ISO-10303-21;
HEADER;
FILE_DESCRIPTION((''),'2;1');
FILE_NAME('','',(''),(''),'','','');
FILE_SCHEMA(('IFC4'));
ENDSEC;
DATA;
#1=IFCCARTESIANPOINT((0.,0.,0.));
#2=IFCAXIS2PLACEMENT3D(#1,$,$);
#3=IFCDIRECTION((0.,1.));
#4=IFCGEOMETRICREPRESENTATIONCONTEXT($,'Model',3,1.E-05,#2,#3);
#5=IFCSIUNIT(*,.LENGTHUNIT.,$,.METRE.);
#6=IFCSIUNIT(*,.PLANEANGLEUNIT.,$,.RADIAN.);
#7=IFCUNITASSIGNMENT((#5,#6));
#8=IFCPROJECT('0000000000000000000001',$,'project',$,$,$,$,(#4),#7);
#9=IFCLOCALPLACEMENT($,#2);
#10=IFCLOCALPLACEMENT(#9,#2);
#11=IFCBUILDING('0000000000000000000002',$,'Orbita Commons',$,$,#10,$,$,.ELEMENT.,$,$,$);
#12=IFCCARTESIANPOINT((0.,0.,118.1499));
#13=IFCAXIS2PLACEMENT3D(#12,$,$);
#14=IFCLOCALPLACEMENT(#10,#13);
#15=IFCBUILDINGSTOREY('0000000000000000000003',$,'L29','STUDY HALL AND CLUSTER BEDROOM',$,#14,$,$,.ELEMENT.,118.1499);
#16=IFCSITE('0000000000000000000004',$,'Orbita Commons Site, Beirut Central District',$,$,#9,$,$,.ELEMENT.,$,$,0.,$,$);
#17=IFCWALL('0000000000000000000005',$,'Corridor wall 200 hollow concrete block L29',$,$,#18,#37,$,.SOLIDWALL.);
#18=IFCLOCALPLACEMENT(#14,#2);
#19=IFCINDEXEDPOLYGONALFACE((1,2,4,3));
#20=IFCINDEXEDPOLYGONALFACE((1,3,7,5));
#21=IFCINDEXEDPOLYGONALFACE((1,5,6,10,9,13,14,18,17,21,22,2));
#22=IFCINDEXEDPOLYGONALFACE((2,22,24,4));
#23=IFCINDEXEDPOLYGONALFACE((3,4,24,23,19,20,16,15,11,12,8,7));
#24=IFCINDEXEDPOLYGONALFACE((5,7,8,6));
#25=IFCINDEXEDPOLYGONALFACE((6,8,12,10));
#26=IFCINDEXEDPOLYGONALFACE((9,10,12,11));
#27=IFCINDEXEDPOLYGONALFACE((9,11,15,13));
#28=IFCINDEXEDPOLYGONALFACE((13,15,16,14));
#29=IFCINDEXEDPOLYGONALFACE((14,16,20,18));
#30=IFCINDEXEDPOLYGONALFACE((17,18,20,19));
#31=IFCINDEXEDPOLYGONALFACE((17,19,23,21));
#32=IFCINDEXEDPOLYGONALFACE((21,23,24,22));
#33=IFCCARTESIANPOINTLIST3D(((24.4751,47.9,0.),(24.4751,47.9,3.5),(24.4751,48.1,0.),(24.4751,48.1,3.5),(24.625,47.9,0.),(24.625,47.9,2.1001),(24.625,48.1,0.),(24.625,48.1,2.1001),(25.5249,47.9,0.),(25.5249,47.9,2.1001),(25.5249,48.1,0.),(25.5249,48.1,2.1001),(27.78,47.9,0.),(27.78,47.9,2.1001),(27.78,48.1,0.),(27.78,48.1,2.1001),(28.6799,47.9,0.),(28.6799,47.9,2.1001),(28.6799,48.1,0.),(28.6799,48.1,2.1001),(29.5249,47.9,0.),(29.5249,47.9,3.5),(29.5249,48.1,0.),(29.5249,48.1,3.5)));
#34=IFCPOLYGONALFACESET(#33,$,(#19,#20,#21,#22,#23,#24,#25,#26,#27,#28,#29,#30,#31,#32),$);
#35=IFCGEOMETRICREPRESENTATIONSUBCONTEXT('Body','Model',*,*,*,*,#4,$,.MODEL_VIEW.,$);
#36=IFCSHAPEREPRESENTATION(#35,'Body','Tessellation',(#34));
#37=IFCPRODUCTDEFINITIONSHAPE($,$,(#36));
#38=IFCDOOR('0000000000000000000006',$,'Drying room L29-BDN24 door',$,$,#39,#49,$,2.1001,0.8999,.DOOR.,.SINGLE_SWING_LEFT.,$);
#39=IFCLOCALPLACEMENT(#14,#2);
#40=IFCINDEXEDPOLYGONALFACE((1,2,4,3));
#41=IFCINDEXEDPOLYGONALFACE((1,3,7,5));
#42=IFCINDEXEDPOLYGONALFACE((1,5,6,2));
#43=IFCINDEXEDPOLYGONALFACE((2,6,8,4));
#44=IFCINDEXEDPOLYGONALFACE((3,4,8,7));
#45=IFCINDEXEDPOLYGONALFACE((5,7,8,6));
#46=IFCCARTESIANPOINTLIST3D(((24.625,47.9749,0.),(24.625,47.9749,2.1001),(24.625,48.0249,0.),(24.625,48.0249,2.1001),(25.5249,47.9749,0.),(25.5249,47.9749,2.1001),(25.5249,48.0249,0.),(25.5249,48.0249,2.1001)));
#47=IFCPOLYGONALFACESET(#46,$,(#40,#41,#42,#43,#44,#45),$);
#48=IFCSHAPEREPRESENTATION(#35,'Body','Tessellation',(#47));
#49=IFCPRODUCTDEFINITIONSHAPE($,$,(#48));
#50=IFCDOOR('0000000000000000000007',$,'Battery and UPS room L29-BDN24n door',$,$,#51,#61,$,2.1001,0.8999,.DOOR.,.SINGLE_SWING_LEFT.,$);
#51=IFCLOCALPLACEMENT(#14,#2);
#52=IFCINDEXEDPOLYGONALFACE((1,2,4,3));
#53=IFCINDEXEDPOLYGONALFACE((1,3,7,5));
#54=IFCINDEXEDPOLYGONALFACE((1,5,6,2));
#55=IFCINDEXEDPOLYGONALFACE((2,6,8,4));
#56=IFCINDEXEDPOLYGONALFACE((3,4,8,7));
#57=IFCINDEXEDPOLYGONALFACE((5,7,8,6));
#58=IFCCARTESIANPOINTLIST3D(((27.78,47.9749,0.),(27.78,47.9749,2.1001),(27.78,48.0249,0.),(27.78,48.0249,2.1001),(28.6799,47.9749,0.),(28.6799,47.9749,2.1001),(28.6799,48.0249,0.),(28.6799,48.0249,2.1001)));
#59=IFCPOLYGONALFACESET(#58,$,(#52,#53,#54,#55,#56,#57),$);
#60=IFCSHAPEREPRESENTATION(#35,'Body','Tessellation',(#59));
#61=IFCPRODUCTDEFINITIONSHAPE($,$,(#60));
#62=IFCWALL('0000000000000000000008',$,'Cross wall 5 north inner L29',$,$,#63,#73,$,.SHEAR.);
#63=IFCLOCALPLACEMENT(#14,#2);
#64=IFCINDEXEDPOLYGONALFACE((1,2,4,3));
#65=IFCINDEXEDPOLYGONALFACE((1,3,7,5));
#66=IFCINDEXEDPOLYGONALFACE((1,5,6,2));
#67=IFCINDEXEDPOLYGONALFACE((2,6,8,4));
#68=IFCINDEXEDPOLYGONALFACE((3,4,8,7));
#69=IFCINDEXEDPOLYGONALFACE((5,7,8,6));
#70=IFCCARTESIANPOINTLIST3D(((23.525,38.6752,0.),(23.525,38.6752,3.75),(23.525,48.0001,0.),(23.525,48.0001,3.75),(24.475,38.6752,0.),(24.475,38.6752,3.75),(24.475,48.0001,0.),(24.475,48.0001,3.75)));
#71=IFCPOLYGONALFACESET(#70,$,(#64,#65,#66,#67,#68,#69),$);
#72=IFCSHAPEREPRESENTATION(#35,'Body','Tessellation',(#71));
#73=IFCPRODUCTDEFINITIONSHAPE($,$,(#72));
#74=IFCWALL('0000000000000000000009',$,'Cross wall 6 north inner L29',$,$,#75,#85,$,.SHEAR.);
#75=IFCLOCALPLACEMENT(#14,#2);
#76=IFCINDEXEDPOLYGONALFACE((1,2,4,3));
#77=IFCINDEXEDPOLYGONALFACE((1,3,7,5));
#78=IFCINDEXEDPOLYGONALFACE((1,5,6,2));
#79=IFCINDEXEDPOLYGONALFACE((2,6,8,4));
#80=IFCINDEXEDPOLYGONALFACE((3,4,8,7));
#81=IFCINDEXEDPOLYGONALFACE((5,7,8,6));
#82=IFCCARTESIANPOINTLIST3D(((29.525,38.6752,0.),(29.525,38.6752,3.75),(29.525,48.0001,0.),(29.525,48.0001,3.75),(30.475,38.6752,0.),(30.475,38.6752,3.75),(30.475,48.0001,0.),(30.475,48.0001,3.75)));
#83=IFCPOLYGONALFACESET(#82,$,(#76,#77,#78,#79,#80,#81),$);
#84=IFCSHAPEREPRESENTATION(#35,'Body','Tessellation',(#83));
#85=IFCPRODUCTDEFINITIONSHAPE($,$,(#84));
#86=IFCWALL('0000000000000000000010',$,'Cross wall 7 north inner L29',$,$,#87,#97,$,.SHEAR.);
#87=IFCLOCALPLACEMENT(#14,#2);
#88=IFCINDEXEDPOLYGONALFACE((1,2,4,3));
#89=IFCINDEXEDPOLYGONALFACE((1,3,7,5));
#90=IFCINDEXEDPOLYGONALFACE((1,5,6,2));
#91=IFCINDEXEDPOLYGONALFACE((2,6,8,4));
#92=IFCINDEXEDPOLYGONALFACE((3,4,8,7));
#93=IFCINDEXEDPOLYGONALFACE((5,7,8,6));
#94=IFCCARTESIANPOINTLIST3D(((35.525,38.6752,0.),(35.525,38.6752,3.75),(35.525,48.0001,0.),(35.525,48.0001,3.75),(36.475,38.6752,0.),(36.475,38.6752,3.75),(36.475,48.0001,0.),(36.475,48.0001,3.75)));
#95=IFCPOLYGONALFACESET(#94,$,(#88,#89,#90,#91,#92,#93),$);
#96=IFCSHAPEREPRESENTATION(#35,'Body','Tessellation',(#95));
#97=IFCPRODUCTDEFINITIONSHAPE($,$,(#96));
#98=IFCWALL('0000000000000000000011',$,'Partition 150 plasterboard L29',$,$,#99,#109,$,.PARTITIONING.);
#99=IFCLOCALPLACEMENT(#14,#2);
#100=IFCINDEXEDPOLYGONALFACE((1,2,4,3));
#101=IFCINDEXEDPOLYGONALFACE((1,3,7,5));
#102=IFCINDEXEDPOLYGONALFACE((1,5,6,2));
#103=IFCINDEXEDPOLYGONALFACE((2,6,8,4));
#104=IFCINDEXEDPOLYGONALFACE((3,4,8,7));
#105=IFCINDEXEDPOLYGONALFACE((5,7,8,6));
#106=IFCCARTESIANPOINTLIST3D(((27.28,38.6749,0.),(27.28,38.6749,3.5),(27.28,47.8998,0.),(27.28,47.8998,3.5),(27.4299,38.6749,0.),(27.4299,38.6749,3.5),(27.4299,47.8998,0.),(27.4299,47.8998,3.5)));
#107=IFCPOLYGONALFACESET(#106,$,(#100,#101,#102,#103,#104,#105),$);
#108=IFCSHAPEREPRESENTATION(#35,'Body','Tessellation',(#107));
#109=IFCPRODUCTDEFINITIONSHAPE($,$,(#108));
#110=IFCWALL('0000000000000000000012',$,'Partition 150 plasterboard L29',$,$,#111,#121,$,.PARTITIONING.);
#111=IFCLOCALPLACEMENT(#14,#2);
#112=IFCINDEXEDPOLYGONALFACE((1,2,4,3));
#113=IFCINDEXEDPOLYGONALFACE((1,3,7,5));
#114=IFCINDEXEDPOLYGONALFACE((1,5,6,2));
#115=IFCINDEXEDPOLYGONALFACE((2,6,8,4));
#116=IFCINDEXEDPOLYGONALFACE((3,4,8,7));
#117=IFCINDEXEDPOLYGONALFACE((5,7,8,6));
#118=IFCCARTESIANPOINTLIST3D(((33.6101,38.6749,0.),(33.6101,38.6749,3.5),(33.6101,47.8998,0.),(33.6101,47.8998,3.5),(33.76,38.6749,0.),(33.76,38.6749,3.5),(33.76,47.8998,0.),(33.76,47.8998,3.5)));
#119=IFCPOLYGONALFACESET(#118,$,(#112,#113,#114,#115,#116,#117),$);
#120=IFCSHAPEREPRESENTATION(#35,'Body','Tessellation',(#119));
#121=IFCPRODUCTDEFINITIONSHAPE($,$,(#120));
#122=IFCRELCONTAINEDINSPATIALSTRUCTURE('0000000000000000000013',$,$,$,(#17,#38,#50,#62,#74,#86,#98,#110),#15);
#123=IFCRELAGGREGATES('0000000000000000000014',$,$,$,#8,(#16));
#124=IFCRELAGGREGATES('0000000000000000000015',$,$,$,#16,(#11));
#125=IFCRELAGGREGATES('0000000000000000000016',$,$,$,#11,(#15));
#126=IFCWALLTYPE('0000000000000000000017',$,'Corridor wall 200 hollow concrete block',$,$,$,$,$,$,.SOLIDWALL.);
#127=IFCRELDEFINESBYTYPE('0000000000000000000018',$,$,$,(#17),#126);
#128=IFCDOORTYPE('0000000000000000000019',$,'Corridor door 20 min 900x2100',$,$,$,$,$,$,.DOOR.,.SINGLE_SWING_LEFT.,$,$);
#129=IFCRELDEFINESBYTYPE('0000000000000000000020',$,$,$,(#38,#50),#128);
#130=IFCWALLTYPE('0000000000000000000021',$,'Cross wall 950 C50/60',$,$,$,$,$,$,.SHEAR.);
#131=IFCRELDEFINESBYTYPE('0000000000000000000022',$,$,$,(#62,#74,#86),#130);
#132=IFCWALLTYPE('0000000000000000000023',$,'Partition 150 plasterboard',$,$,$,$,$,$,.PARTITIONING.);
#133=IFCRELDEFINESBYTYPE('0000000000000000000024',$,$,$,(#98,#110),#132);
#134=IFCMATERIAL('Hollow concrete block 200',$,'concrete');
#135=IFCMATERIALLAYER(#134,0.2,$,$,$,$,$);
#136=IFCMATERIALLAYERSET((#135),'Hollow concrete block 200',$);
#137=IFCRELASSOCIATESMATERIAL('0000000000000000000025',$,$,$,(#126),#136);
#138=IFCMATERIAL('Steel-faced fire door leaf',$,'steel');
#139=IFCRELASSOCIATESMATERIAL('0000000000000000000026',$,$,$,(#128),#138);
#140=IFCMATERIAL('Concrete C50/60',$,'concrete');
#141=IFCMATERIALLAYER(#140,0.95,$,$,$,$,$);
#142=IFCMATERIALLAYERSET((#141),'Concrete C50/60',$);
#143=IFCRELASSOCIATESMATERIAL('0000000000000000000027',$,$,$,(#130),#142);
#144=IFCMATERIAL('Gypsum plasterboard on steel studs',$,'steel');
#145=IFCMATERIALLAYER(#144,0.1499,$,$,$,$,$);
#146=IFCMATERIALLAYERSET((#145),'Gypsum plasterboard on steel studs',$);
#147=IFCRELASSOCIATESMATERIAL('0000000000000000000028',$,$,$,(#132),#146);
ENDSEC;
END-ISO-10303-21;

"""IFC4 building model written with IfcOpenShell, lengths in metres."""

from ifc_helpers import new_model, si_unit, direction, frame, frame_2d, origin, place, context, subcontext, project, spatial, rectangle, extrude, material, layer, layer_set, type_object, element, fill, save


model = new_model("IFC4")

# Units and contexts
model_context = context("Model", 3, precision=1e-05, world=origin(), true_north=direction((0.0, 1.0)))
body_context = subcontext(model_context, "Body", "Model", "MODEL_VIEW")
ifc_project = project(units=[si_unit("LENGTHUNIT", "METRE"), si_unit("PLANEANGLEUNIT", "RADIAN")], contexts=[model_context])

# Site, building, storey
site_placement = place(None, origin())
site = spatial("IfcSite", under=ifc_project, at=site_placement, Name="Orbita Commons Site, Beirut Central District", CompositionType="ELEMENT", RefElevation=0.0)
building_placement = place(site_placement, origin())
building = spatial("IfcBuilding", under=site, at=building_placement, Name="Orbita Commons", CompositionType="ELEMENT")
storey_placement = place(building_placement, frame((0.0, 0.0, 118.1499)))
storey = spatial("IfcBuildingStorey", under=building, at=storey_placement, Name="L29", Description="STUDY HALL AND CLUSTER BEDROOM", CompositionType="ELEMENT", Elevation=118.1499)

# Wall, openings, doors
ifc_material_1 = material(Name="Hollow concrete block 200", Category="concrete")
ifc_layer_1 = layer(ifc_material_1, 0.2)
ifc_layer_set_1 = layer_set([ifc_layer_1], Name="Hollow concrete block 200")
wall_type_1 = type_object("IfcWallType", Name="Corridor wall 200 hollow concrete block", PredefinedType="SOLIDWALL", material=ifc_layer_set_1)
wall_1_placement = place(storey_placement, frame((24.4751, 48.0, 0.0), z_axis=(0.0, 0.0, 1.0), x_axis=(1.0, 0.0, 0.0)))
wall_1 = element("IfcWall", 1, at=wall_1_placement, inside=storey, type_object=wall_type_1, Name="Corridor wall 200 hollow concrete block L29", PredefinedType="SOLIDWALL", context=body_context, shape_type="SweptSolid", body=[
    extrude(rectangle(XDim=5.0498, YDim=0.2, at=frame_2d((2.5249, 0.0))), origin(), (0.0, 0.0, 1.0), 3.5),
])
opening_1_placement = place(wall_1_placement, frame((0.1499, 0.0, 0.0)))
opening_1 = element("IfcOpeningElement", 2, at=opening_1_placement, cuts=wall_1, PredefinedType="OPENING", context=body_context, shape_type="SweptSolid", body=[
    extrude(rectangle(XDim=0.8999, YDim=2.1001, at=frame_2d((0.45, 1.05))), frame((0.0, 0.1099, 0.0), z_axis=(0.0, -1.0, 0.0), x_axis=(1.0, 0.0, 0.0)), (0.0, 0.0, 1.0), 0.22),
])
opening_2_placement = place(wall_1_placement, frame((3.3049, 0.0, 0.0)))
opening_2 = element("IfcOpeningElement", 3, at=opening_2_placement, cuts=wall_1, PredefinedType="OPENING", context=body_context, shape_type="SweptSolid", body=[
    extrude(rectangle(XDim=0.8999, YDim=2.1001, at=frame_2d((0.45, 1.05))), frame((0.0, 0.1099, 0.0), z_axis=(0.0, -1.0, 0.0), x_axis=(1.0, 0.0, 0.0)), (0.0, 0.0, 1.0), 0.22),
])
ifc_material_2 = material(Name="Steel-faced fire door leaf", Category="steel")
door_type_1 = type_object("IfcDoorType", Name="Corridor door 20 min 900x2100", OperationType="SINGLE_SWING_LEFT", PredefinedType="DOOR", material=ifc_material_2)
door_1_placement = place(opening_1_placement, origin())
door_1 = element("IfcDoor", 4, at=door_1_placement, inside=storey, type_object=door_type_1, Name="Drying room L29-BDN24 door", OperationType="SINGLE_SWING_LEFT", OverallHeight=2.1001, OverallWidth=0.8999, PredefinedType="DOOR", context=body_context, shape_type="SweptSolid", body=[
    extrude(rectangle(XDim=0.8999, YDim=2.1001, at=frame_2d((0.45, 1.05))), frame((0.0, 0.0249, 0.0), z_axis=(0.0, -1.0, 0.0), x_axis=(1.0, 0.0, 0.0)), (0.0, 0.0, 1.0), 0.05),
])
fill(opening_1, door_1)
door_2_placement = place(opening_2_placement, origin())
door_2 = element("IfcDoor", 5, at=door_2_placement, inside=storey, type_object=door_type_1, Name="Battery and UPS room L29-BDN24n door", OperationType="SINGLE_SWING_LEFT", OverallHeight=2.1001, OverallWidth=0.8999, PredefinedType="DOOR", context=body_context, shape_type="SweptSolid", body=[
    extrude(rectangle(XDim=0.8999, YDim=2.1001, at=frame_2d((0.45, 1.05))), frame((0.0, 0.0249, 0.0), z_axis=(0.0, -1.0, 0.0), x_axis=(1.0, 0.0, 0.0)), (0.0, 0.0, 1.0), 0.05),
])
fill(opening_2, door_2)

# Walls
ifc_material_3 = material(Name="Concrete C50/60", Category="concrete")
ifc_layer_2 = layer(ifc_material_3, 0.95)
ifc_layer_set_2 = layer_set([ifc_layer_2], Name="Concrete C50/60")
wall_type_2 = type_object("IfcWallType", Name="Cross wall 950 C50/60", PredefinedType="SHEAR", material=ifc_layer_set_2)
for number, where, z_axis, x_axis, name in (
    (6, (24.0, 38.675, 0.0), (0.0, 0.0, 1.0), (0.0, 1.0, 0.0), "Cross wall 5 north inner L29"),
    (7, (30.0, 38.675, 0.0), (0.0, 0.0, 1.0), (0.0, 1.0, 0.0), "Cross wall 6 north inner L29"),
    (8, (36.0, 38.675, 0.0), (0.0, 0.0, 1.0), (0.0, 1.0, 0.0), "Cross wall 7 north inner L29"),
):
    element("IfcWall", number, at=place(storey_placement, frame(where, z_axis=z_axis, x_axis=x_axis)), inside=storey, type_object=wall_type_2, Name=name, PredefinedType="SHEAR", context=body_context, shape_type="SweptSolid", body=[
        extrude(rectangle(XDim=9.325, YDim=0.95, at=frame_2d((4.6626, 0.0))), origin(), (0.0, 0.0, 1.0), 3.75),
    ])
ifc_material_4 = material(Name="Gypsum plasterboard on steel studs", Category="steel")
ifc_layer_3 = layer(ifc_material_4, 0.1499)
ifc_layer_set_3 = layer_set([ifc_layer_3], Name="Gypsum plasterboard on steel studs")
wall_type_3 = type_object("IfcWallType", Name="Partition 150 plasterboard", PredefinedType="PARTITIONING", material=ifc_layer_set_3)
for number, where, z_axis, x_axis, name in (
    (9, (27.355, 38.675, 0.0), (0.0, 0.0, 1.0), (0.0, 1.0, 0.0), "Partition 150 plasterboard L29"),
    (10, (33.6851, 38.675, 0.0), (0.0, 0.0, 1.0), (0.0, 1.0, 0.0), "Partition 150 plasterboard L29"),
):
    element("IfcWall", number, at=place(storey_placement, frame(where, z_axis=z_axis, x_axis=x_axis)), inside=storey, type_object=wall_type_3, Name=name, PredefinedType="PARTITIONING", context=body_context, shape_type="SweptSolid", body=[
        extrude(rectangle(XDim=9.2249, YDim=0.1499, at=frame_2d((4.6123, 0.0))), origin(), (0.0, 0.0, 1.0), 3.5),
    ])

save(model, "model.ifc")
